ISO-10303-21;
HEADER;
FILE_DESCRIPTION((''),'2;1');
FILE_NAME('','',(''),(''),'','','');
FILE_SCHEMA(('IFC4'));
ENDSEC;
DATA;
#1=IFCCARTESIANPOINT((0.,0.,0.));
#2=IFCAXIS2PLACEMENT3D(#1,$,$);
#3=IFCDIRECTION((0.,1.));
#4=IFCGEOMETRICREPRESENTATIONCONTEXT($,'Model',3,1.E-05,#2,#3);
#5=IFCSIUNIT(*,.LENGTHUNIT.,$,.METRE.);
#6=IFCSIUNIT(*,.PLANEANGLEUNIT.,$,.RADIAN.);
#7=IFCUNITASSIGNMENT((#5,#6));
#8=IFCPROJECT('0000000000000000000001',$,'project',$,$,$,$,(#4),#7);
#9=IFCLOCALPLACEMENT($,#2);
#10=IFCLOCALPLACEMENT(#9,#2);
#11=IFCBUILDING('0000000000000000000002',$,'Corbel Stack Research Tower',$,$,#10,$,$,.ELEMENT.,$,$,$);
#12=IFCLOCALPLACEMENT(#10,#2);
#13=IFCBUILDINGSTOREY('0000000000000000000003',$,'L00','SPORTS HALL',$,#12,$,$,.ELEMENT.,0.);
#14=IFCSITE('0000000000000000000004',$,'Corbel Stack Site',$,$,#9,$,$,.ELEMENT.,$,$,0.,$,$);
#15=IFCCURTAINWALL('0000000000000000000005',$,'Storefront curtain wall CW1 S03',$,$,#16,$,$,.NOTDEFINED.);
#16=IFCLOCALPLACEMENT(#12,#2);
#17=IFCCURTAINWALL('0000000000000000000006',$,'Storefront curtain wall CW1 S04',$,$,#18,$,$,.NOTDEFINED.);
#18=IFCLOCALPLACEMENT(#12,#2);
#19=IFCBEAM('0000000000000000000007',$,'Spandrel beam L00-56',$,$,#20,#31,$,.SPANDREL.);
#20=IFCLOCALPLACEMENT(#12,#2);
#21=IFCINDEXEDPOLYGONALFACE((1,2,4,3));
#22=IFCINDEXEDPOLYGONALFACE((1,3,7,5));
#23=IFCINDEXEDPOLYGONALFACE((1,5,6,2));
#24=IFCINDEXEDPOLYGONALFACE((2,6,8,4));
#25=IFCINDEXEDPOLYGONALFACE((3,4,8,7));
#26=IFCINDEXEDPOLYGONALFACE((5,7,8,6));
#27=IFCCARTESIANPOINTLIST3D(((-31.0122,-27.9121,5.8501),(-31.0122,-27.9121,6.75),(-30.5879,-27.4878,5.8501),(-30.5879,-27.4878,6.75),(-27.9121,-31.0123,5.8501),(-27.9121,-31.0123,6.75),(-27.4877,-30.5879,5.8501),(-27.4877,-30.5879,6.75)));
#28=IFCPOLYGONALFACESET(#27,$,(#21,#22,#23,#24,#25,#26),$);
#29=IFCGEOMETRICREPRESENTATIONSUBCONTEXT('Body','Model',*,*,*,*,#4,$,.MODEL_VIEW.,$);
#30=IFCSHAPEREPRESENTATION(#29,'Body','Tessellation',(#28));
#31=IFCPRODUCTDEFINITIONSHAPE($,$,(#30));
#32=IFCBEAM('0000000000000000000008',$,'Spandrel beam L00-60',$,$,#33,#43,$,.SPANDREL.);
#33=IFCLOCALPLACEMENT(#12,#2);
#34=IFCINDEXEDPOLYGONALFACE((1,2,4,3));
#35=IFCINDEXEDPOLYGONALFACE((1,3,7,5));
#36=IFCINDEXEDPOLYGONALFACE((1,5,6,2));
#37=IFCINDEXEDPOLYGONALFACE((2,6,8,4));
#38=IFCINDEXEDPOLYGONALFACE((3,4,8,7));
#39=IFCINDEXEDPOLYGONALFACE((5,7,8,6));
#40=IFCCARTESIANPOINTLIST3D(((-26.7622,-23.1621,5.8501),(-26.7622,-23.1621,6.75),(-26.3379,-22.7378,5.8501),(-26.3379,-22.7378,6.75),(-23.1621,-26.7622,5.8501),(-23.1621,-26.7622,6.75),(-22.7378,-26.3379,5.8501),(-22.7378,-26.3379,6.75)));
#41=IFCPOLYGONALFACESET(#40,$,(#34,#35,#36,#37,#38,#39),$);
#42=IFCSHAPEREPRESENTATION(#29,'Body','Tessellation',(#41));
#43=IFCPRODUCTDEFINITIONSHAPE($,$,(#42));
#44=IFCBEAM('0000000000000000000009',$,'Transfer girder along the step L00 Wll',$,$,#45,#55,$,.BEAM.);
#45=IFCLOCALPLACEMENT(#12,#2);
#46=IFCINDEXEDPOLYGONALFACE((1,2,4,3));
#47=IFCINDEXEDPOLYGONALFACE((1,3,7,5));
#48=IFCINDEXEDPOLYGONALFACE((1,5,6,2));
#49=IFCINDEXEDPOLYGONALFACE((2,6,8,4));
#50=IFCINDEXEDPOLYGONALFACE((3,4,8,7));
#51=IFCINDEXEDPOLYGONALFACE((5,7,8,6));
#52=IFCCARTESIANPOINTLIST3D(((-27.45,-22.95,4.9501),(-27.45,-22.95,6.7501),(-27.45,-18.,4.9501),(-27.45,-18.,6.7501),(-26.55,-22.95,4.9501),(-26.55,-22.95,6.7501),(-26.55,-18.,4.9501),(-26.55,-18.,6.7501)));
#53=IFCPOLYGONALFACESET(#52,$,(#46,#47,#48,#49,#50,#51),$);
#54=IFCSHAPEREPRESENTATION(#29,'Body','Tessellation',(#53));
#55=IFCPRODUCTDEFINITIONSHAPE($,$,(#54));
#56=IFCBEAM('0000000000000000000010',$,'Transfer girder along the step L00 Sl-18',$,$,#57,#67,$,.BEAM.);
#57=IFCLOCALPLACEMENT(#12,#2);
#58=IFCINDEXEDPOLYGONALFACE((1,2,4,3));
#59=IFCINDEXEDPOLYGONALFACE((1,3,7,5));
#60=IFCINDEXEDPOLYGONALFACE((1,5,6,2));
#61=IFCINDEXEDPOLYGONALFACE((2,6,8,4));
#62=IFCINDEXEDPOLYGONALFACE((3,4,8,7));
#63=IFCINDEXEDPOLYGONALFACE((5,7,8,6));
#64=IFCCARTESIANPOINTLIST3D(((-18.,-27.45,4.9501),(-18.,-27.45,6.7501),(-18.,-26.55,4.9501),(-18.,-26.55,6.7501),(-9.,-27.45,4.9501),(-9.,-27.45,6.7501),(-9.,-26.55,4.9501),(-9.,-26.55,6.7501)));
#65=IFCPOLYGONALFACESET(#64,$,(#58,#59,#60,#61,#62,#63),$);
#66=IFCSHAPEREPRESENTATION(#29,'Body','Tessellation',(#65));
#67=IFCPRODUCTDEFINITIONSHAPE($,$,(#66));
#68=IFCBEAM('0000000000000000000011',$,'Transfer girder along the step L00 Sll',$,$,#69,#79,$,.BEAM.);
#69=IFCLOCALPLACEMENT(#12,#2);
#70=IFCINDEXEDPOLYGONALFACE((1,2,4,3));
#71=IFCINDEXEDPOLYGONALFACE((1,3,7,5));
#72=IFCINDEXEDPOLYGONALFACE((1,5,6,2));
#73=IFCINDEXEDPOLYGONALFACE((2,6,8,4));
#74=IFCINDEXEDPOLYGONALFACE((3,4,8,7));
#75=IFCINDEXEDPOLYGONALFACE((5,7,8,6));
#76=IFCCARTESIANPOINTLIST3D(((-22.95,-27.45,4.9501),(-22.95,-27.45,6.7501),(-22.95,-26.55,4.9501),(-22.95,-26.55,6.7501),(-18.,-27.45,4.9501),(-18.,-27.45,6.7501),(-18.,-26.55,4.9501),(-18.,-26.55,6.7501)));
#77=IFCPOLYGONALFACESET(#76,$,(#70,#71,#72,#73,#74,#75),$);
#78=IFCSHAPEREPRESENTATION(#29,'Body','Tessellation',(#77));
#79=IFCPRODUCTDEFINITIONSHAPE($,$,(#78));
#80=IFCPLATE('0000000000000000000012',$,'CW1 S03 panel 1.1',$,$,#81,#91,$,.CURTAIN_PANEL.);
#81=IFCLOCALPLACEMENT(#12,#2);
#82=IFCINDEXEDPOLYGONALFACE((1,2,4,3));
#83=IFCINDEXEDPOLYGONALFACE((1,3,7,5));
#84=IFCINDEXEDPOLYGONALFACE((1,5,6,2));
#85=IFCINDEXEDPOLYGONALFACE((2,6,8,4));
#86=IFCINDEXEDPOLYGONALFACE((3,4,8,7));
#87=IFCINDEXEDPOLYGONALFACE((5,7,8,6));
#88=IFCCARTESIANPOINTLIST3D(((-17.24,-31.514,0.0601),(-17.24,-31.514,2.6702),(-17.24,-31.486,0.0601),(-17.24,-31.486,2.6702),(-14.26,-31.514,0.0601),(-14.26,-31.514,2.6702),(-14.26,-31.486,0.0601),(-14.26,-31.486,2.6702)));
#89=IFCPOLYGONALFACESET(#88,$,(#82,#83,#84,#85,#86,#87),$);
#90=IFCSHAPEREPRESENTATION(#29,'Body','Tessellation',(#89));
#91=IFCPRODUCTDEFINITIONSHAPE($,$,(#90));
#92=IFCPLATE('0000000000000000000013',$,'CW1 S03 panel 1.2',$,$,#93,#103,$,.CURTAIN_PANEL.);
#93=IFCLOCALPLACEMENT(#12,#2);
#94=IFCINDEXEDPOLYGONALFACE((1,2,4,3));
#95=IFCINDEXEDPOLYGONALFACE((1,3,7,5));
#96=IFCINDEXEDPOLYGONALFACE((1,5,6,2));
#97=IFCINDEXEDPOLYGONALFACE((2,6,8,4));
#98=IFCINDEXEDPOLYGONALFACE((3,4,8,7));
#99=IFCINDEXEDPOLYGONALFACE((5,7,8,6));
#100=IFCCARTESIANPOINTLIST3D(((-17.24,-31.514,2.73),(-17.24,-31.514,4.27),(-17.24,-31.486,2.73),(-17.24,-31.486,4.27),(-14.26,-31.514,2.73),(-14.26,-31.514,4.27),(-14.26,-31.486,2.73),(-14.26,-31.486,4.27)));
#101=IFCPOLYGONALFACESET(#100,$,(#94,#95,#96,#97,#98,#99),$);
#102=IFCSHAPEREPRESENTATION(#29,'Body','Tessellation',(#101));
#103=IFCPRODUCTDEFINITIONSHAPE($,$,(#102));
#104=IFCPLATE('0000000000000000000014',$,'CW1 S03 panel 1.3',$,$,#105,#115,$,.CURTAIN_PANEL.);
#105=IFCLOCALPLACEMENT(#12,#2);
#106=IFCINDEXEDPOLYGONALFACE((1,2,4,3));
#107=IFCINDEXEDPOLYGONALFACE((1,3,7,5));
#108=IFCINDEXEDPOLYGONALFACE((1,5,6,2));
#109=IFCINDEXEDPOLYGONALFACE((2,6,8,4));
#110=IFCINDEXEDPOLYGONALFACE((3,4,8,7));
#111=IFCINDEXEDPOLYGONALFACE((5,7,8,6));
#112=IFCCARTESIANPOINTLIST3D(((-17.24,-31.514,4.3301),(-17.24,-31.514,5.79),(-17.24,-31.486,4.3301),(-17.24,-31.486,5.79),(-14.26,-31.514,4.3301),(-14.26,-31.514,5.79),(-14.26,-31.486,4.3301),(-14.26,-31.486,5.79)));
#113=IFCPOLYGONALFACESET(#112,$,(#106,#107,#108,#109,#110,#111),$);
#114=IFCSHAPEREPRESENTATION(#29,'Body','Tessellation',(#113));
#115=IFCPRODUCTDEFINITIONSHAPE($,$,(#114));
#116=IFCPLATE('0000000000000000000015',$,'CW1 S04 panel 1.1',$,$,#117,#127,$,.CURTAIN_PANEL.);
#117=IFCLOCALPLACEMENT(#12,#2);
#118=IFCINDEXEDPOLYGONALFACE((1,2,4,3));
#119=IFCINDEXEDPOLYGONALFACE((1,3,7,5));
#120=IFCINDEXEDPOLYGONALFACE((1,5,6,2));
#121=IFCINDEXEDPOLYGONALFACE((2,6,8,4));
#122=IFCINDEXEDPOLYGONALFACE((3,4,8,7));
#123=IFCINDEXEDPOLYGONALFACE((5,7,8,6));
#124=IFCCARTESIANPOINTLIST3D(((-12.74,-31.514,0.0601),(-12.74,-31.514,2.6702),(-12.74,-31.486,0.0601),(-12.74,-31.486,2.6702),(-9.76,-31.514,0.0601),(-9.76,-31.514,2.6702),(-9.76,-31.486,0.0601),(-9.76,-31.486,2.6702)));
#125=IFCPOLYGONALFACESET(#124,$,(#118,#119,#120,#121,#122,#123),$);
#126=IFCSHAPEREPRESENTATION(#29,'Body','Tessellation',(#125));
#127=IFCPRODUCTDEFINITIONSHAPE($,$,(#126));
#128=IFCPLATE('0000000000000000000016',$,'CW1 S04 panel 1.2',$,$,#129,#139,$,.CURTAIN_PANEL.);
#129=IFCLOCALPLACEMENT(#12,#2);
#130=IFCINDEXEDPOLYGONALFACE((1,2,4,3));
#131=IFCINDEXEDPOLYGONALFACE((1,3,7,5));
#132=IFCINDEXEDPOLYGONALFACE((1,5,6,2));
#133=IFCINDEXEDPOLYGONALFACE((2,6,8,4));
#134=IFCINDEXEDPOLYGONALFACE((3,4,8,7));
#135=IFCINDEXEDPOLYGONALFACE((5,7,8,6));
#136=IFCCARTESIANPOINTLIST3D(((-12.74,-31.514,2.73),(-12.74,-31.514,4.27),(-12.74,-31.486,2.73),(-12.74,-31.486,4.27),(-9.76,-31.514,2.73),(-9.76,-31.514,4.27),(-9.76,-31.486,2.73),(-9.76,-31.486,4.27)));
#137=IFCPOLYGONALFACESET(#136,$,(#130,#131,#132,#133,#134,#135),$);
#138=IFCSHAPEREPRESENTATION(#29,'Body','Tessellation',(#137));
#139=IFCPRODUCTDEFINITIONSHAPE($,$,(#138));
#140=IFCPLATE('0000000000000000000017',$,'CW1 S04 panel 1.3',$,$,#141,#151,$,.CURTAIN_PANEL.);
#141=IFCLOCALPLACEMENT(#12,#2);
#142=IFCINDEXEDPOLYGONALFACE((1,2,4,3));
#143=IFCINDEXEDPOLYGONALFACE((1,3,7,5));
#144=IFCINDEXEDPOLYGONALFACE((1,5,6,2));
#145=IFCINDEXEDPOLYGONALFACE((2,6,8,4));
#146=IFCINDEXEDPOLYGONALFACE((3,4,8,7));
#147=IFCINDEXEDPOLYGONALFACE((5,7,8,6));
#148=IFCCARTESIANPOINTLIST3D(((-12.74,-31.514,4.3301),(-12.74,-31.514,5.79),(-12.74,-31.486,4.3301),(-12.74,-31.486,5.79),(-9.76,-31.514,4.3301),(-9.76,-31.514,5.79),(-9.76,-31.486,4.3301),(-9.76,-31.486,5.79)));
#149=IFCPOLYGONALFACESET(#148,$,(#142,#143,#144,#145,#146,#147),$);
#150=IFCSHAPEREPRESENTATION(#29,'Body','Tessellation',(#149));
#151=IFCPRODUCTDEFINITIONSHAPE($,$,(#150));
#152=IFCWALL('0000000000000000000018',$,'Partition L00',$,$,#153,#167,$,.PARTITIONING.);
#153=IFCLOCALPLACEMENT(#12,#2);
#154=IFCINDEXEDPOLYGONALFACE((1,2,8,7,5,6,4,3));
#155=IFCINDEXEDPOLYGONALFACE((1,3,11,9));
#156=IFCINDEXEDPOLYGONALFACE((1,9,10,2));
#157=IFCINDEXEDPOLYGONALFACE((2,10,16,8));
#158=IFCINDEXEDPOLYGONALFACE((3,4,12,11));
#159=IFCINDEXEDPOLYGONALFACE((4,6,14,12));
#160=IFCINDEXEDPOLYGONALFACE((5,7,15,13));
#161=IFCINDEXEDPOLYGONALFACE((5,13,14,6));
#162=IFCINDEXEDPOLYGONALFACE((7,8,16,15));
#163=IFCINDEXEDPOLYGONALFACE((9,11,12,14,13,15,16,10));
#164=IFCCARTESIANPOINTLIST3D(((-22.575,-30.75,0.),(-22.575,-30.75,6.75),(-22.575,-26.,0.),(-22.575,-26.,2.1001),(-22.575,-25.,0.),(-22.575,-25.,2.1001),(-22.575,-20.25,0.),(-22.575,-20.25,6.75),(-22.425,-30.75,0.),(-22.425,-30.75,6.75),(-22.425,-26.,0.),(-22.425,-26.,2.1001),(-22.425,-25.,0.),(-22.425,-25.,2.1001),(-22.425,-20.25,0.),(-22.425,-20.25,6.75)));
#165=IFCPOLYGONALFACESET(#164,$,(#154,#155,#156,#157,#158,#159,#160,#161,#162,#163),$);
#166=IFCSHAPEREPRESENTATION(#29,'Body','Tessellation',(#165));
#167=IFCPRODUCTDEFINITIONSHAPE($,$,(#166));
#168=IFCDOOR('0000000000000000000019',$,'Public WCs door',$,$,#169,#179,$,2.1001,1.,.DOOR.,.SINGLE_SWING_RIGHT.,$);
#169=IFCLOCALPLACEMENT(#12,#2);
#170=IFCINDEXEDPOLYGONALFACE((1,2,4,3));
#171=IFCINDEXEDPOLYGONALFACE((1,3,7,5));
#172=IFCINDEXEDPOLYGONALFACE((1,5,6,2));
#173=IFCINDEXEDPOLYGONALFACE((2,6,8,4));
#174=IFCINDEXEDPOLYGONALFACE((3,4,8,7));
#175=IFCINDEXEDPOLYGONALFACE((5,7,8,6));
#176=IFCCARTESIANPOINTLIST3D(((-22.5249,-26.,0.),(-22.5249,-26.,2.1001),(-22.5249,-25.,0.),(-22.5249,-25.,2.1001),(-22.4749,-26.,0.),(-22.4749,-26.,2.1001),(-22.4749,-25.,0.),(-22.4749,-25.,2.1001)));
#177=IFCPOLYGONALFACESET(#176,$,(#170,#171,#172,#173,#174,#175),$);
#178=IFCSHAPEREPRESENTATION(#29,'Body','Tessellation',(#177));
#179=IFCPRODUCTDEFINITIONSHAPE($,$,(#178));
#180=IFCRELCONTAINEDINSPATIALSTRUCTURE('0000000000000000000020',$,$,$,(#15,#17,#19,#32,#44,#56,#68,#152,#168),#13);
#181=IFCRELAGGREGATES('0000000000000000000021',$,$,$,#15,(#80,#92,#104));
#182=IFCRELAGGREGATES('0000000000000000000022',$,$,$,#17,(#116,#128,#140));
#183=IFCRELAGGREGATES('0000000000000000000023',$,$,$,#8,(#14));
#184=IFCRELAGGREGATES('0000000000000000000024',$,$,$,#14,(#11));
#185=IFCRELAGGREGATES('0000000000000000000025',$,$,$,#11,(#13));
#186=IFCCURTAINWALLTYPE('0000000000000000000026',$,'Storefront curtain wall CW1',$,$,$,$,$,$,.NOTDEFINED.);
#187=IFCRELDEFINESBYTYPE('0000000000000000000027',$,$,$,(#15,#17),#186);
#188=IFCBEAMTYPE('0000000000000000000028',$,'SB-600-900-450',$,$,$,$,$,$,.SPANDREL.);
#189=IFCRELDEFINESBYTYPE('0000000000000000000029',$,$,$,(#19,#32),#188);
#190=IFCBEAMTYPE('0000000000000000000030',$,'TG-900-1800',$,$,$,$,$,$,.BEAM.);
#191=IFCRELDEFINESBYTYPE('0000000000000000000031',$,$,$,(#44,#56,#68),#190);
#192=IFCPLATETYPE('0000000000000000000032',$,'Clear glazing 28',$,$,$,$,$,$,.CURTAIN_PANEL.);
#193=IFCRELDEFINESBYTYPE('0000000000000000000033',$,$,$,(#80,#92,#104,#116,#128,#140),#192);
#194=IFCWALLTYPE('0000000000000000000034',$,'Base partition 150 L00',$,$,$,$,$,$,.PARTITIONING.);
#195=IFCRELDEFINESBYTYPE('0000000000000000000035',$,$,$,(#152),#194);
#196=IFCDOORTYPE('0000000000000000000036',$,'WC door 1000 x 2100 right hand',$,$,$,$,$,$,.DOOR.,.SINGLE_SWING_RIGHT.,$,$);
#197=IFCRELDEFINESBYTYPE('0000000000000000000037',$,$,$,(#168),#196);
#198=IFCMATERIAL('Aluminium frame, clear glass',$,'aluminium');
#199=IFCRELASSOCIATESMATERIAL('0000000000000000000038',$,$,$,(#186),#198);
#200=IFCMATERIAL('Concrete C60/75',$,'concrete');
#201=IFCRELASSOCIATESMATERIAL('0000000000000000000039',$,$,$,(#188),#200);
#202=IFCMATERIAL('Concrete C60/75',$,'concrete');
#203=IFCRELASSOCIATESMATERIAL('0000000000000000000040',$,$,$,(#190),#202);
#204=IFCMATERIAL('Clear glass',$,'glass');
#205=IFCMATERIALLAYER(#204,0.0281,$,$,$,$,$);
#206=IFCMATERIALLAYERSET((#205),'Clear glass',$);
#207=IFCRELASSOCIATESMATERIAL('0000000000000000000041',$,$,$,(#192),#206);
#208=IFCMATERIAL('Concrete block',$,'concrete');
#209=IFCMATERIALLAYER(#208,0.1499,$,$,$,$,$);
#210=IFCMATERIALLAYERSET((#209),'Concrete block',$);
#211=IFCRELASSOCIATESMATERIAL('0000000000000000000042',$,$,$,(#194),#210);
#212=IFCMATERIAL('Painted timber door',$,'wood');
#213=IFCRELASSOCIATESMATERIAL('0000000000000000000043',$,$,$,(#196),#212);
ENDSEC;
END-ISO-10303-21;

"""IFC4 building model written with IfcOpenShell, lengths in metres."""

from ifc_helpers import new_model, si_unit, direction, frame, frame_2d, origin, origin_2d, place, context, subcontext, project, spatial, rectangle, extrude, material, layer, layer_set, material_profile, profile_set, type_object, element, fill, aggregate, save


model = new_model("IFC4")

# Units and contexts
model_context = context("Model", 3, precision=1e-05, world=origin(), true_north=direction((0.0, 1.0)))
body_context = subcontext(model_context, "Body", "Model", "MODEL_VIEW")
ifc_project = project(units=[si_unit("LENGTHUNIT", "METRE"), si_unit("PLANEANGLEUNIT", "RADIAN")], contexts=[model_context])

# Site, building, storey
site_placement = place(None, origin())
site = spatial("IfcSite", under=ifc_project, at=site_placement, Name="Corbel Stack Site", CompositionType="ELEMENT", RefElevation=0.0)
building_placement = place(site_placement, origin())
building = spatial("IfcBuilding", under=site, at=building_placement, Name="Corbel Stack Research Tower", CompositionType="ELEMENT")
storey_placement = place(building_placement, origin())
storey = spatial("IfcBuildingStorey", under=building, at=storey_placement, Name="L00", Description="SPORTS HALL", CompositionType="ELEMENT", Elevation=0.0)

# Curtain wall
ifc_material_1 = material(Name="Aluminium frame, clear glass", Category="aluminium")
curtain_wall_type = type_object("IfcCurtainWallType", Name="Storefront curtain wall CW1", PredefinedType="NOTDEFINED", material=ifc_material_1)
curtain_wall_1_placement = place(storey_placement, origin())
curtain_wall_1 = element("IfcCurtainWall", 1, at=curtain_wall_1_placement, inside=storey, type_object=curtain_wall_type, Name="Storefront curtain wall CW1 S03", PredefinedType="NOTDEFINED")

# Curtain wall
curtain_wall_2_placement = place(storey_placement, origin())
curtain_wall_2 = element("IfcCurtainWall", 2, at=curtain_wall_2_placement, inside=storey, type_object=curtain_wall_type, Name="Storefront curtain wall CW1 S04", PredefinedType="NOTDEFINED")

# Beams
ifc_material_2 = material(Name="Concrete C60/75", Category="concrete")
ifc_material_profile_1 = material_profile(ifc_material_2, rectangle(XDim=0.6001, YDim=0.8999, at=origin_2d()), Name="RC 600 x 900")
ifc_profile_set_1 = profile_set([ifc_material_profile_1], Name="Concrete C60/75")
beam_type_1 = type_object("IfcBeamType", Name="SB-600-900-450", PredefinedType="SPANDREL", material=ifc_profile_set_1)
beam_1_placement = place(storey_placement, frame((-30.8, -27.7, 6.3), z_axis=(0.707107, -0.707107, 0.0), x_axis=(0.707107, 0.707107, 0.0)))
element("IfcBeam", 3, at=beam_1_placement, inside=storey, type_object=beam_type_1, Name="Spandrel beam L00-56", PredefinedType="SPANDREL", context=body_context, shape_type="SweptSolid", body=[
    extrude(rectangle(XDim=0.6001, YDim=0.8999, at=origin_2d()), origin(), (0.0, 0.0, 1.0), 4.3843),
])
beam_2_placement = place(storey_placement, frame((-26.55, -22.95, 6.3), z_axis=(0.707107, -0.707107, 0.0), x_axis=(0.707107, 0.707107, 0.0)))
element("IfcBeam", 4, at=beam_2_placement, inside=storey, type_object=beam_type_1, Name="Spandrel beam L00-60", PredefinedType="SPANDREL", context=body_context, shape_type="SweptSolid", body=[
    extrude(rectangle(XDim=0.6001, YDim=0.8999, at=origin_2d()), origin(), (0.0, 0.0, 1.0), 5.0913),
])
ifc_material_3 = material(Name="Concrete C60/75", Category="concrete")
ifc_material_profile_2 = material_profile(ifc_material_3, rectangle(XDim=0.8999, YDim=1.8, at=origin_2d()), Name="RC 900 x 1800")
ifc_profile_set_2 = profile_set([ifc_material_profile_2], Name="Concrete C60/75")
beam_type_2 = type_object("IfcBeamType", Name="TG-900-1800", PredefinedType="BEAM", material=ifc_profile_set_2)
beam_3_placement = place(storey_placement, frame((-27.0, -22.95, 5.8501), z_axis=(0.0, 1.0, 0.0), x_axis=(-1.0, 0.0, 0.0)))
element("IfcBeam", 5, at=beam_3_placement, inside=storey, type_object=beam_type_2, Name="Transfer girder along the step L00 Wll", PredefinedType="BEAM", context=body_context, shape_type="SweptSolid", body=[
    extrude(rectangle(XDim=0.8999, YDim=1.8, at=origin_2d()), origin(), (0.0, 0.0, 1.0), 4.95),
])
beam_4_placement = place(storey_placement, frame((-18.0, -27.0, 5.8501), z_axis=(1.0, 0.0, 0.0), x_axis=(0.0, 1.0, 0.0)))
element("IfcBeam", 6, at=beam_4_placement, inside=storey, type_object=beam_type_2, Name="Transfer girder along the step L00 Sl-18", PredefinedType="BEAM", context=body_context, shape_type="SweptSolid", body=[
    extrude(rectangle(XDim=0.8999, YDim=1.8, at=origin_2d()), origin(), (0.0, 0.0, 1.0), 9.0),
])
beam_5_placement = place(storey_placement, frame((-22.95, -27.0, 5.8501), z_axis=(1.0, 0.0, 0.0), x_axis=(0.0, 1.0, 0.0)))
element("IfcBeam", 7, at=beam_5_placement, inside=storey, type_object=beam_type_2, Name="Transfer girder along the step L00 Sll", PredefinedType="BEAM", context=body_context, shape_type="SweptSolid", body=[
    extrude(rectangle(XDim=0.8999, YDim=1.8, at=origin_2d()), origin(), (0.0, 0.0, 1.0), 4.95),
])

# Plates
ifc_material_4 = material(Name="Clear glass", Category="glass")
ifc_layer_1 = layer(ifc_material_4, 0.0281)
ifc_layer_set_1 = layer_set([ifc_layer_1], Name="Clear glass")
plate_type = type_object("IfcPlateType", Name="Clear glazing 28", PredefinedType="CURTAIN_PANEL", material=ifc_layer_set_1)
plate_1_placement = place(storey_placement, frame((-15.75, -31.5, 0.0601), z_axis=(0.0, 0.0, 1.0), x_axis=(1.0, 0.0, 0.0)))
plate_1 = element("IfcPlate", 8, at=plate_1_placement, type_object=plate_type, Name="CW1 S03 panel 1.1", PredefinedType="CURTAIN_PANEL", context=body_context, shape_type="SweptSolid", body=[
    extrude(rectangle(XDim=2.98, YDim=0.0281, at=origin_2d()), origin(), (0.0, 0.0, 1.0), 2.6101),
])
plate_2_placement = place(storey_placement, frame((-15.75, -31.5, 2.73), z_axis=(0.0, 0.0, 1.0), x_axis=(1.0, 0.0, 0.0)))
plate_2 = element("IfcPlate", 9, at=plate_2_placement, type_object=plate_type, Name="CW1 S03 panel 1.2", PredefinedType="CURTAIN_PANEL", context=body_context, shape_type="SweptSolid", body=[
    extrude(rectangle(XDim=2.98, YDim=0.0281, at=origin_2d()), origin(), (0.0, 0.0, 1.0), 1.54),
])
plate_3_placement = place(storey_placement, frame((-15.75, -31.5, 4.3301), z_axis=(0.0, 0.0, 1.0), x_axis=(1.0, 0.0, 0.0)))
plate_3 = element("IfcPlate", 10, at=plate_3_placement, type_object=plate_type, Name="CW1 S03 panel 1.3", PredefinedType="CURTAIN_PANEL", context=body_context, shape_type="SweptSolid", body=[
    extrude(rectangle(XDim=2.98, YDim=0.0281, at=origin_2d()), origin(), (0.0, 0.0, 1.0), 1.46),
])
aggregate(curtain_wall_1, [plate_1, plate_2, plate_3])
plate_4_placement = place(storey_placement, frame((-11.25, -31.5, 0.0601), z_axis=(0.0, 0.0, 1.0), x_axis=(1.0, 0.0, 0.0)))
plate_4 = element("IfcPlate", 11, at=plate_4_placement, type_object=plate_type, Name="CW1 S04 panel 1.1", PredefinedType="CURTAIN_PANEL", context=body_context, shape_type="SweptSolid", body=[
    extrude(rectangle(XDim=2.98, YDim=0.0281, at=origin_2d()), origin(), (0.0, 0.0, 1.0), 2.6101),
])
plate_5_placement = place(storey_placement, frame((-11.25, -31.5, 2.73), z_axis=(0.0, 0.0, 1.0), x_axis=(1.0, 0.0, 0.0)))
plate_5 = element("IfcPlate", 12, at=plate_5_placement, type_object=plate_type, Name="CW1 S04 panel 1.2", PredefinedType="CURTAIN_PANEL", context=body_context, shape_type="SweptSolid", body=[
    extrude(rectangle(XDim=2.98, YDim=0.0281, at=origin_2d()), origin(), (0.0, 0.0, 1.0), 1.54),
])
plate_6_placement = place(storey_placement, frame((-11.25, -31.5, 4.3301), z_axis=(0.0, 0.0, 1.0), x_axis=(1.0, 0.0, 0.0)))
plate_6 = element("IfcPlate", 13, at=plate_6_placement, type_object=plate_type, Name="CW1 S04 panel 1.3", PredefinedType="CURTAIN_PANEL", context=body_context, shape_type="SweptSolid", body=[
    extrude(rectangle(XDim=2.98, YDim=0.0281, at=origin_2d()), origin(), (0.0, 0.0, 1.0), 1.46),
])
aggregate(curtain_wall_2, [plate_4, plate_5, plate_6])

# Wall, opening, door
ifc_material_5 = material(Name="Concrete block", Category="concrete")
ifc_layer_2 = layer(ifc_material_5, 0.1499)
ifc_layer_set_2 = layer_set([ifc_layer_2], Name="Concrete block")
wall_type_1 = type_object("IfcWallType", Name="Base partition 150 L00", PredefinedType="PARTITIONING", material=ifc_layer_set_2)
wall_1_placement = place(storey_placement, frame((-22.5, -30.75, 0.0), z_axis=(0.0, 0.0, 1.0), x_axis=(0.0, 1.0, 0.0)))
wall_1 = element("IfcWall", 14, at=wall_1_placement, inside=storey, type_object=wall_type_1, Name="Partition L00", PredefinedType="PARTITIONING", context=body_context, shape_type="SweptSolid", body=[
    extrude(rectangle(XDim=10.5, YDim=0.1499, at=frame_2d((5.25, 0.0))), origin(), (0.0, 0.0, 1.0), 6.75),
])
opening_1_placement = place(wall_1_placement, frame((4.75, 0.0, 0.0)))
opening_1 = element("IfcOpeningElement", 15, at=opening_1_placement, cuts=wall_1, PredefinedType="OPENING", context=body_context, shape_type="SweptSolid", body=[
    extrude(rectangle(XDim=1.0, YDim=2.1001, at=frame_2d((0.5, 1.05))), frame((0.0, 0.085, 0.0), z_axis=(0.0, -1.0, 0.0), x_axis=(1.0, 0.0, 0.0)), (0.0, 0.0, 1.0), 0.1699),
])
ifc_material_6 = material(Name="Painted timber door", Category="wood")
door_type_1 = type_object("IfcDoorType", Name="WC door 1000 x 2100 right hand", OperationType="SINGLE_SWING_RIGHT", PredefinedType="DOOR", material=ifc_material_6)
door_1_placement = place(opening_1_placement, origin())
door_1 = element("IfcDoor", 16, at=door_1_placement, inside=storey, type_object=door_type_1, Name="Public WCs door", OperationType="SINGLE_SWING_RIGHT", OverallHeight=2.1001, OverallWidth=1.0, PredefinedType="DOOR", context=body_context, shape_type="SweptSolid", body=[
    extrude(rectangle(XDim=1.0, YDim=2.1001, at=frame_2d((0.5, 1.05))), frame((0.0, 0.0249, 0.0), z_axis=(0.0, -1.0, 0.0), x_axis=(1.0, 0.0, 0.0)), (0.0, 0.0, 1.0), 0.05),
])
fill(opening_1, door_1)

save(model, "model.ifc")
